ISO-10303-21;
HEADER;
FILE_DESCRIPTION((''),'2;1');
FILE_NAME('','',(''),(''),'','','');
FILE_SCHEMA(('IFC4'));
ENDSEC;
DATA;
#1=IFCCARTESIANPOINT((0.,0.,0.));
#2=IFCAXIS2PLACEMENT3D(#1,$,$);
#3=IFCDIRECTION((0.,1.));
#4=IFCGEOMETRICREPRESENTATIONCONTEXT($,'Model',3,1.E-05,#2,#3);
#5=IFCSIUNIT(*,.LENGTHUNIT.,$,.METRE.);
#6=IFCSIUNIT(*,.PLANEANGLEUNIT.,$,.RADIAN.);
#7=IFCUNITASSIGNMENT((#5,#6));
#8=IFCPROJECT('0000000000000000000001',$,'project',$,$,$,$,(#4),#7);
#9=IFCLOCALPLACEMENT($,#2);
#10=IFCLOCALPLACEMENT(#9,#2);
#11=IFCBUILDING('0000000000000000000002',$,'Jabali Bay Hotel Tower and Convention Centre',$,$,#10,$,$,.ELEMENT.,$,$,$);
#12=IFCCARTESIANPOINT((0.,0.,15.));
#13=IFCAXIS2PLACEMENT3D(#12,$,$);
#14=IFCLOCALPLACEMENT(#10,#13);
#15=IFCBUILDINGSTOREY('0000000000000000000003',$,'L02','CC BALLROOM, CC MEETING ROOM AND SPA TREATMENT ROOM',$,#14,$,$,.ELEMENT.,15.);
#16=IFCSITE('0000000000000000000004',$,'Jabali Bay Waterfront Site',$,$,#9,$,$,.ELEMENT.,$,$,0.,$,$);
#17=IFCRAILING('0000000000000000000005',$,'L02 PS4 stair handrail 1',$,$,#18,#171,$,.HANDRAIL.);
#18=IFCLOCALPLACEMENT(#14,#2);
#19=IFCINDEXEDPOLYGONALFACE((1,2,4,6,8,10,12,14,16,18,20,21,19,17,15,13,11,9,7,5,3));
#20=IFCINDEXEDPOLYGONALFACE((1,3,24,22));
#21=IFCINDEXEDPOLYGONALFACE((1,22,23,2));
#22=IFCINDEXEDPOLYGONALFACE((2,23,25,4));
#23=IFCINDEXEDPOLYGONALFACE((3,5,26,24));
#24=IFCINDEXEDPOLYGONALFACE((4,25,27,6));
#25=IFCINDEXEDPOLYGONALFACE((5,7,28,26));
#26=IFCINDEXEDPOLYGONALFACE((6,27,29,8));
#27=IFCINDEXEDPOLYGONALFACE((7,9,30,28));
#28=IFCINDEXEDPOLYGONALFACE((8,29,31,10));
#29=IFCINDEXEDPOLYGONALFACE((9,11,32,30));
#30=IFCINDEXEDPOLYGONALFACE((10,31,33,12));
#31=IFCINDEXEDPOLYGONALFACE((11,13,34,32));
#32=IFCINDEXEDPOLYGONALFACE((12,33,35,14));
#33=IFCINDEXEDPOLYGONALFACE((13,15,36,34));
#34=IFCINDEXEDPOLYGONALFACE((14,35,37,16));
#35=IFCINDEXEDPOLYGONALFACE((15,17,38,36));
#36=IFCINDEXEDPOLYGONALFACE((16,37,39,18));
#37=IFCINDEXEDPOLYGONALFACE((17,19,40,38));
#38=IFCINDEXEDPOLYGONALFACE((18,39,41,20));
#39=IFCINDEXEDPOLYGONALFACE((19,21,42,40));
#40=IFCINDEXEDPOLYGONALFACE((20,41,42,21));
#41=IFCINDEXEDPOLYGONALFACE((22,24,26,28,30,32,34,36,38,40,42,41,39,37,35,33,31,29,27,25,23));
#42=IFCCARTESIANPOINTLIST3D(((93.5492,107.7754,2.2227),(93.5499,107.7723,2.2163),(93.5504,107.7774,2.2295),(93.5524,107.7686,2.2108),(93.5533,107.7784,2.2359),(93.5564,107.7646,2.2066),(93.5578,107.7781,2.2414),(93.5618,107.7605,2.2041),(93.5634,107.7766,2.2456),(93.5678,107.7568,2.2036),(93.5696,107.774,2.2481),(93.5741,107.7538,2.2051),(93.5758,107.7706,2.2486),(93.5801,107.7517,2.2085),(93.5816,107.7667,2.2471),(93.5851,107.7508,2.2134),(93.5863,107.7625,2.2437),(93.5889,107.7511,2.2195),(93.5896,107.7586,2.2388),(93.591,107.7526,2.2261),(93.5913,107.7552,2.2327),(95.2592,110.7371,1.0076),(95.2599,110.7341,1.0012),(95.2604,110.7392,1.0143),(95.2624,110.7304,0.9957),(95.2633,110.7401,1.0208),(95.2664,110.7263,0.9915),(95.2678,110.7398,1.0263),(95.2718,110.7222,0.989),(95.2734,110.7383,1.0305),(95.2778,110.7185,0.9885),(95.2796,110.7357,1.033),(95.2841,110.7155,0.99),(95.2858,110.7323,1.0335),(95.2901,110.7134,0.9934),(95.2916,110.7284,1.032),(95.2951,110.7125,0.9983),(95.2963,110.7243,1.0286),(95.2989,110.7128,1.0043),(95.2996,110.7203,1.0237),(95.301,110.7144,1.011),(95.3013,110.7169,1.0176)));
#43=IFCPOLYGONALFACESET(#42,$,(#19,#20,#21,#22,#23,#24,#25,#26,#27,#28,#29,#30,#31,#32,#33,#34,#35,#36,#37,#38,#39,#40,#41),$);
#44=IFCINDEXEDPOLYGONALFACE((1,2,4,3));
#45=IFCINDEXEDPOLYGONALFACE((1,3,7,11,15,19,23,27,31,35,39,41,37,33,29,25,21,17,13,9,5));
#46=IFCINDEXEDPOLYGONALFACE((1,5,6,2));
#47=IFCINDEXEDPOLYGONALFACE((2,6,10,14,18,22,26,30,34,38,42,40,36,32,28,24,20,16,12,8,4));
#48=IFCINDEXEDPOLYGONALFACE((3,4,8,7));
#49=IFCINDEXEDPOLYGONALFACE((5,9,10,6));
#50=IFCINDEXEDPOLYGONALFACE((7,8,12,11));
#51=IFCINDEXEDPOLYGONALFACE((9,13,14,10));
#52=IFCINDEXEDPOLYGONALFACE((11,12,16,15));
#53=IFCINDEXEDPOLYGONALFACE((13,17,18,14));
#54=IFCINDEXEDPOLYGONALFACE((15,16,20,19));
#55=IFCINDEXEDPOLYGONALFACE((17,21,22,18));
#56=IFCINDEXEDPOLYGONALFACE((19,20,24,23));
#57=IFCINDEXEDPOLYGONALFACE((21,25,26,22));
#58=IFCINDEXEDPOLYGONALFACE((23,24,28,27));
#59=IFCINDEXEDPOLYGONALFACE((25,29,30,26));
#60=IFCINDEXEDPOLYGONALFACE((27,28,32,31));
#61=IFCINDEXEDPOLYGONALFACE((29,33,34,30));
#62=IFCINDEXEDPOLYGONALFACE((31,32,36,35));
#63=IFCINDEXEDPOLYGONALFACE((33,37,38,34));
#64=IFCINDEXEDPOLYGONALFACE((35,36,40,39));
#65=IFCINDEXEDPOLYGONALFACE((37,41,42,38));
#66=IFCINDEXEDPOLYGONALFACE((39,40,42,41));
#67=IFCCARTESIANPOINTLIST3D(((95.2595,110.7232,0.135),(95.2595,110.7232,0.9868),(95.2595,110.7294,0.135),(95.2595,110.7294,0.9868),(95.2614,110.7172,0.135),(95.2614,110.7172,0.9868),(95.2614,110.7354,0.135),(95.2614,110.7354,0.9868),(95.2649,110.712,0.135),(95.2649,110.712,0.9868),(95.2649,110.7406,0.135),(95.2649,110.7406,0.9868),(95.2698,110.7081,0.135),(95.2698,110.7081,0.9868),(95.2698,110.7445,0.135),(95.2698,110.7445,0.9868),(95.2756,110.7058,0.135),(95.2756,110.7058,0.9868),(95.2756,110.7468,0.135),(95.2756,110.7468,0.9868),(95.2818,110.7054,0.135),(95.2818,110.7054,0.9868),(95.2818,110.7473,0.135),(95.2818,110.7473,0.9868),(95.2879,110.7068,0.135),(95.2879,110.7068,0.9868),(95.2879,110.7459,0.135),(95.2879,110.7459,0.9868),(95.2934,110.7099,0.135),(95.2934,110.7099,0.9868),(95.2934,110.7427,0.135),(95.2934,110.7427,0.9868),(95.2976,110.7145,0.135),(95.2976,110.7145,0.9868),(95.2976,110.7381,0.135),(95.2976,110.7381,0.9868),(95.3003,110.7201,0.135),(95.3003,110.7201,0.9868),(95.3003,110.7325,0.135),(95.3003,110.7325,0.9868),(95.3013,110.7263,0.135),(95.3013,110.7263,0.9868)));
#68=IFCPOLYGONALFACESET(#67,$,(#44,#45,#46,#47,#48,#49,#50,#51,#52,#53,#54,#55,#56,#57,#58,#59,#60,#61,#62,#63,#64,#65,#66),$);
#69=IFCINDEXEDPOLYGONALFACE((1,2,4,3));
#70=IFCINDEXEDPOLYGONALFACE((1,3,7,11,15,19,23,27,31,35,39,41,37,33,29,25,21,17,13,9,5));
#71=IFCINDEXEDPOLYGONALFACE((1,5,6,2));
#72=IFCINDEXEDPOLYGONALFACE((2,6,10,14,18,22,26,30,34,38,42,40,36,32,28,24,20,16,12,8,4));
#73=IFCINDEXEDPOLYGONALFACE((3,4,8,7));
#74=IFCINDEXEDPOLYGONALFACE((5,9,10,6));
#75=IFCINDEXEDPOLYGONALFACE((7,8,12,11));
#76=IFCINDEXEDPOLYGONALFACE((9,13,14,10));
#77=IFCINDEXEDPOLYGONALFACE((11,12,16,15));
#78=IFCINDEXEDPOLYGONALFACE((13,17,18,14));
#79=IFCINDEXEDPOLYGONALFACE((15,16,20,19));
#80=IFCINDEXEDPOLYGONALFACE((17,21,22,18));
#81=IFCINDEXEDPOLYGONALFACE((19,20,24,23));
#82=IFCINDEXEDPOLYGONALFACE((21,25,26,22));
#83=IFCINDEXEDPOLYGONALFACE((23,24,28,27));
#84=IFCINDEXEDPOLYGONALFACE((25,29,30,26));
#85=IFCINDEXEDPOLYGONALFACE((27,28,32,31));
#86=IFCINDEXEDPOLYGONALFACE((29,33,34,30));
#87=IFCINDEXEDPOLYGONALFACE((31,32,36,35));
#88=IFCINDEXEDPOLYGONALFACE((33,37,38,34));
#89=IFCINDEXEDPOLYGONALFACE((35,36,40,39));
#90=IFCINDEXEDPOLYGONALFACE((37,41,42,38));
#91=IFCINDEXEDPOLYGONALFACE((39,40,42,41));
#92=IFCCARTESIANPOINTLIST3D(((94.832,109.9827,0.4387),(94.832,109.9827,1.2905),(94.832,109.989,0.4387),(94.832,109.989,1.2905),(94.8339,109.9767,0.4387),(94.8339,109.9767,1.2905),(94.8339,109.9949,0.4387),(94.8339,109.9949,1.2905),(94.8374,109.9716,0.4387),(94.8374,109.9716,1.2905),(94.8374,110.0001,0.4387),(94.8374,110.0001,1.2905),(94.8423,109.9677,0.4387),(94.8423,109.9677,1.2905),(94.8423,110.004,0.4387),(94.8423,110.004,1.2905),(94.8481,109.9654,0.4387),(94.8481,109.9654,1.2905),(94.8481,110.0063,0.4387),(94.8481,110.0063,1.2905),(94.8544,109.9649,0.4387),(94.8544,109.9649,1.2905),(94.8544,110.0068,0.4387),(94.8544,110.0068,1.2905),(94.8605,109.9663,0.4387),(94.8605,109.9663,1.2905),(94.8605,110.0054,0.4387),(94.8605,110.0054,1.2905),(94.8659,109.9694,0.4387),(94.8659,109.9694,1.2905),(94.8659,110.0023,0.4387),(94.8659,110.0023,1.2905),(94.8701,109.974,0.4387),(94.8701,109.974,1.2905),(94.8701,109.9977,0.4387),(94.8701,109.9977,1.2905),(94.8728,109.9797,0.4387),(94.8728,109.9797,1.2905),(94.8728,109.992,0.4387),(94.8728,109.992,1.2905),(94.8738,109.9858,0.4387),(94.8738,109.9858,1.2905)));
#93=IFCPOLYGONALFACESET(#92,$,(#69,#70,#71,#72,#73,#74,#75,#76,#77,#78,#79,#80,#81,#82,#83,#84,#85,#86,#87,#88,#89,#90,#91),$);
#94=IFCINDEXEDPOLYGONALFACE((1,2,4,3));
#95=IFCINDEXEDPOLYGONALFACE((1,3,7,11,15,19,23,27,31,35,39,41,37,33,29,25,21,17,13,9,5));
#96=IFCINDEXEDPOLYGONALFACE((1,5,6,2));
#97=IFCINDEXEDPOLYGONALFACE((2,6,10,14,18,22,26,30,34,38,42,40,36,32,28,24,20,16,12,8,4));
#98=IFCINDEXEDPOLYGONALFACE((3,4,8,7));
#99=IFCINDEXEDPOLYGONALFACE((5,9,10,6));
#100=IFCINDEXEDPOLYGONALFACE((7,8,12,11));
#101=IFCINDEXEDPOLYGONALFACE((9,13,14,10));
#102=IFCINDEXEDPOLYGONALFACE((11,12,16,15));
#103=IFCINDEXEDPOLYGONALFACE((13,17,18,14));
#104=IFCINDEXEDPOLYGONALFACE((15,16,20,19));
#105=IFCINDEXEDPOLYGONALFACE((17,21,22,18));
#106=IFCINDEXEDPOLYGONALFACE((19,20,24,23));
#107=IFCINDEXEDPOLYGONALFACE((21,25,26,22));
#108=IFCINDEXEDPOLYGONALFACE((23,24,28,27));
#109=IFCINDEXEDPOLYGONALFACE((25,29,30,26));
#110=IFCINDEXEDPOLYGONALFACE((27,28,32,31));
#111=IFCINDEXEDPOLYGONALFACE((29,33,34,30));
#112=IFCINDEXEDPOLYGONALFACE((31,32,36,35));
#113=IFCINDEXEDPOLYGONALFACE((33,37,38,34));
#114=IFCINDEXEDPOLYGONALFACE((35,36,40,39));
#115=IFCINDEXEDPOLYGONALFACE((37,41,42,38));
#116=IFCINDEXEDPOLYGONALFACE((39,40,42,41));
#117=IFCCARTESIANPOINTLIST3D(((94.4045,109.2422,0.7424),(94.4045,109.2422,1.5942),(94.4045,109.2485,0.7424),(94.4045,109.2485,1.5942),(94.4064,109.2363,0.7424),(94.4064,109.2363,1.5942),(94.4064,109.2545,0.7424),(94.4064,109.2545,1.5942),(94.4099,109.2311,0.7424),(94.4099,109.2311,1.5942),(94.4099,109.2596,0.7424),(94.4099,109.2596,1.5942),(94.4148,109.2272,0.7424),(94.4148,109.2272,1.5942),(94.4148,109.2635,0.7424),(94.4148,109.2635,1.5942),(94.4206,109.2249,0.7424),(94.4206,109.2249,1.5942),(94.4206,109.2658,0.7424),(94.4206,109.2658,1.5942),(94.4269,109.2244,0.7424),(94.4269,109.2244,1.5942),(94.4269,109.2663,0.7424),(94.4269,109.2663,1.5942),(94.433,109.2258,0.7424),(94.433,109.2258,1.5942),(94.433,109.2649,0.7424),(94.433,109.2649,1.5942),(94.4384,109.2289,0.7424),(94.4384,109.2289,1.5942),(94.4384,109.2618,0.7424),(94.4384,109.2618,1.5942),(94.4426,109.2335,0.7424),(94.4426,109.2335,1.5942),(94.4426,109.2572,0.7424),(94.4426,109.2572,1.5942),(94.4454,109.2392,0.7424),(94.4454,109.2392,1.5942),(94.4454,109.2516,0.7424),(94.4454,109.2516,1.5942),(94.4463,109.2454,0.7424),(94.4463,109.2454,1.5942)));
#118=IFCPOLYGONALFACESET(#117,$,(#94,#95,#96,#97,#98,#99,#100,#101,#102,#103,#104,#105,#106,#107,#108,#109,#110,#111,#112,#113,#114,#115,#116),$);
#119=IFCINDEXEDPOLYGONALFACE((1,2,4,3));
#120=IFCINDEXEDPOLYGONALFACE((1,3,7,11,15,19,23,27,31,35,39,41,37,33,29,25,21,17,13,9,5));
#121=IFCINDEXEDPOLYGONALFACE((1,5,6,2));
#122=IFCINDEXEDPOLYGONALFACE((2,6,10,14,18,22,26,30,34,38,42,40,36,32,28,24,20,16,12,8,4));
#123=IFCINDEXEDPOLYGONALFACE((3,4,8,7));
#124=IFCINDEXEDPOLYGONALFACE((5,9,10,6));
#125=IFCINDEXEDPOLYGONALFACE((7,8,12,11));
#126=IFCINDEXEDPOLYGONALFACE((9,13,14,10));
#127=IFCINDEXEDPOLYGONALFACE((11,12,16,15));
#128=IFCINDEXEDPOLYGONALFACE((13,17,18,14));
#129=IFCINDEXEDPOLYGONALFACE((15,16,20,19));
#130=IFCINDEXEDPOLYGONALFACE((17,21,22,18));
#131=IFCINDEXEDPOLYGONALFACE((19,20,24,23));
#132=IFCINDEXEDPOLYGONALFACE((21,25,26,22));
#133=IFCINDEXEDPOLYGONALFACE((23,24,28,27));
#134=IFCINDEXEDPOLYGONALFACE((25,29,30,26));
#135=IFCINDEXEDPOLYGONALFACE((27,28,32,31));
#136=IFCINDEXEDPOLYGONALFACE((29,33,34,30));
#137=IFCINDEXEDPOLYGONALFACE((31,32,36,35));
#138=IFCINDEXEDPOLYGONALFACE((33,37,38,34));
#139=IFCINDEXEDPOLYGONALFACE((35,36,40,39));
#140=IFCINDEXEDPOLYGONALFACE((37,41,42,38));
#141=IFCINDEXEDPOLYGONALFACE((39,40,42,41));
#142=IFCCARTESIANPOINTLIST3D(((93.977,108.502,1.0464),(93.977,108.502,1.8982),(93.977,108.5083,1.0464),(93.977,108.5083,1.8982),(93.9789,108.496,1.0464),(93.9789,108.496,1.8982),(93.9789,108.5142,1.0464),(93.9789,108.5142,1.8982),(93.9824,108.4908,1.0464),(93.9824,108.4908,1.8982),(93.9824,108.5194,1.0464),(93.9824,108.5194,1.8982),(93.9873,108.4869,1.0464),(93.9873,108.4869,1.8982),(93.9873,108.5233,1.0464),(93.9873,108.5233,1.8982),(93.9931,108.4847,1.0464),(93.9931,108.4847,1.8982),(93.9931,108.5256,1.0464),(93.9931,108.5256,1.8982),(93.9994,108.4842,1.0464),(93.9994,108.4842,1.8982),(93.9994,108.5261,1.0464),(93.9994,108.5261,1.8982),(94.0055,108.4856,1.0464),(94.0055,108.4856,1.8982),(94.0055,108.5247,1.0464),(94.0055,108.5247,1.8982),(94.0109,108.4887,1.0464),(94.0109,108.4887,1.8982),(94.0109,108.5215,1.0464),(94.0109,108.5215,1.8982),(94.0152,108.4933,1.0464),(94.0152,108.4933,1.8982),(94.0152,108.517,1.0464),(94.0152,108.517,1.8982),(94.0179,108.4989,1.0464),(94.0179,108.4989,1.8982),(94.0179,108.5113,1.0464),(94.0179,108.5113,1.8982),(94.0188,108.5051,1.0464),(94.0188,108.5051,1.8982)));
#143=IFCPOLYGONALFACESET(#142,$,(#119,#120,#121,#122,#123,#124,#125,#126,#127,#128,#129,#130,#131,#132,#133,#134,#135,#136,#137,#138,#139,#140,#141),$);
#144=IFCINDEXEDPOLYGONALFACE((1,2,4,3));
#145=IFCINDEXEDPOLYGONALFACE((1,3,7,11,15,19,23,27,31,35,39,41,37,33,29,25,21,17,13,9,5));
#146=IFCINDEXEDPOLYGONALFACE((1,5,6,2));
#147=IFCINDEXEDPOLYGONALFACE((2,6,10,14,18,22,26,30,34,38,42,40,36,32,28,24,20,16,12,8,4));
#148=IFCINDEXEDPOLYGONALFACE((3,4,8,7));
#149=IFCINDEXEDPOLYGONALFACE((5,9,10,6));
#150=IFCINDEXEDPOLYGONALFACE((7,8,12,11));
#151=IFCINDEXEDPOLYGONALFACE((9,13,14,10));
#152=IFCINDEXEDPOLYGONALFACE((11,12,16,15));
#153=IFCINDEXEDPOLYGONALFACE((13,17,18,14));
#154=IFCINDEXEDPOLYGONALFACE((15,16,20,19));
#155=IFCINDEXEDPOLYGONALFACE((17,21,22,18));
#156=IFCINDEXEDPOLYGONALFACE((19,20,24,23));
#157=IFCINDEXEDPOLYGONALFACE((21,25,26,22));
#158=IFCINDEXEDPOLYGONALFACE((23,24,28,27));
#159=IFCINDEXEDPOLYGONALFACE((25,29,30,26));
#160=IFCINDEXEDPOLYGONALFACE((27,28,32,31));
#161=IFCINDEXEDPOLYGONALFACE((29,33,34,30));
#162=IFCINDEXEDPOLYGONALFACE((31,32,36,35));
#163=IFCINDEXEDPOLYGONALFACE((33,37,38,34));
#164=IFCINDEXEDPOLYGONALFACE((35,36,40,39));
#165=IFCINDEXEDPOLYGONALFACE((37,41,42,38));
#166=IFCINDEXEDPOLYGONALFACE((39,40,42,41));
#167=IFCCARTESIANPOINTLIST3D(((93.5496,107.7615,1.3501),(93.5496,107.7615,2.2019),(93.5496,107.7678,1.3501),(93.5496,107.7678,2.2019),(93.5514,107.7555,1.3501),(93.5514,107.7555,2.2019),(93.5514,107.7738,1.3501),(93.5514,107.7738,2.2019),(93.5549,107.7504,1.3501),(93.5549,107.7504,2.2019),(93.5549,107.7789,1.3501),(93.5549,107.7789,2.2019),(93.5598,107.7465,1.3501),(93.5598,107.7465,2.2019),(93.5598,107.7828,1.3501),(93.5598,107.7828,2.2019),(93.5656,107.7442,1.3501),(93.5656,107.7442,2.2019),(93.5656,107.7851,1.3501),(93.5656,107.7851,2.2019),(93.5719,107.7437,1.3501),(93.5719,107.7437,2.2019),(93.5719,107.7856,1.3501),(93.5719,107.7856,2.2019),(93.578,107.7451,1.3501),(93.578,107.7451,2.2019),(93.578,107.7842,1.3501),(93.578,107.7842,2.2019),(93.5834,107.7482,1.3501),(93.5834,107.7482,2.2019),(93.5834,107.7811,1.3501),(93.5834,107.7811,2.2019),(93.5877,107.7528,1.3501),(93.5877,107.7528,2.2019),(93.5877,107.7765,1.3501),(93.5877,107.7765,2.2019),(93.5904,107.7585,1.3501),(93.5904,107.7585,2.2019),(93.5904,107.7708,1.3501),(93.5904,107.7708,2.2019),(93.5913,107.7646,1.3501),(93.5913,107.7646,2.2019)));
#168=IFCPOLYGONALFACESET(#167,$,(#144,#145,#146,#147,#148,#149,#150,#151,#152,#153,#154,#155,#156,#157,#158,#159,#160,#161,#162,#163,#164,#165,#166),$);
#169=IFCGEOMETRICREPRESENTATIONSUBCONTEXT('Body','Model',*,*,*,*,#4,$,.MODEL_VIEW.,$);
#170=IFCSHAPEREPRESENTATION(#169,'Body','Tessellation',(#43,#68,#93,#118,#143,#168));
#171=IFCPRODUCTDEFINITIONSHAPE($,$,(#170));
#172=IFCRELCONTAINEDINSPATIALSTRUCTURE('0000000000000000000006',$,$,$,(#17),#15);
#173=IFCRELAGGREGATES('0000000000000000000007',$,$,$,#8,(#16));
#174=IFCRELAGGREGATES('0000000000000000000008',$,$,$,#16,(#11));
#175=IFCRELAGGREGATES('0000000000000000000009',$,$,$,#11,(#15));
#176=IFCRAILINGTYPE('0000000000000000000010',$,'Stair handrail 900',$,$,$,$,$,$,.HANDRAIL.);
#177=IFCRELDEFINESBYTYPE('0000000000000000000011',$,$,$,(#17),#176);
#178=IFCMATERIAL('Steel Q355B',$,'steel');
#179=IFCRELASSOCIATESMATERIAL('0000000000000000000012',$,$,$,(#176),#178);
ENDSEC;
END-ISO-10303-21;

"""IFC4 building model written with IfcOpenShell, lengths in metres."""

from ifc_helpers import new_model, si_unit, direction, frame, origin, origin_2d, place, context, subcontext, project, spatial, circle, extrude, material, type_object, element, save


model = new_model("IFC4")

# Units and contexts
model_context = context("Model", 3, precision=1e-05, world=origin(), true_north=direction((0.0, 1.0)))
body_context = subcontext(model_context, "Body", "Model", "MODEL_VIEW")
ifc_project = project(units=[si_unit("LENGTHUNIT", "METRE"), si_unit("PLANEANGLEUNIT", "RADIAN")], contexts=[model_context])

# Site, building, storey
site_placement = place(None, origin())
site = spatial("IfcSite", under=ifc_project, at=site_placement, Name="Jabali Bay Waterfront Site", CompositionType="ELEMENT", RefElevation=0.0)
building_placement = place(site_placement, origin())
building = spatial("IfcBuilding", under=site, at=building_placement, Name="Jabali Bay Hotel Tower and Convention Centre", CompositionType="ELEMENT")
storey_placement = place(building_placement, frame((0.0, 0.0, 15.0)))
storey = spatial("IfcBuildingStorey", under=building, at=storey_placement, Name="L02", Description="CC BALLROOM, CC MEETING ROOM AND SPA TREATMENT ROOM", CompositionType="ELEMENT", Elevation=15.0)

# Railing
ifc_material_1 = material(Name="Steel Q355B", Category="steel")
railing_type_1 = type_object("IfcRailingType", Name="Stair handrail 900", PredefinedType="HANDRAIL", material=ifc_material_1)
for number, where, name in (
    (1, (95.2803, 110.7263, 0.135), "L02 PS4 stair handrail 1"),
):
    element("IfcRailing", number, at=place(storey_placement, frame(where)), inside=storey, type_object=railing_type_1, Name=name, PredefinedType="HANDRAIL", context=body_context, shape_type="SweptSolid", body=[
        extrude(circle(Radius=0.0239, at=origin_2d()), frame((0.0, 0.0, 0.876), z_axis=(-0.471153, -0.816042, 0.334799), x_axis=(0.86602, -0.500009, 0.0)), (0.0, 0.0, 1.0), 3.6294),
        extrude(circle(Radius=0.021, at=origin_2d()), origin(), (0.0, 0.0, 1.0), 0.8518),
        extrude(circle(Radius=0.021, at=origin_2d()), frame((-0.4275, -0.7405, 0.3037)), (0.0, 0.0, 1.0), 0.8518),
        extrude(circle(Radius=0.021, at=origin_2d()), frame((-0.855, -1.481, 0.6074)), (0.0, 0.0, 1.0), 0.8518),
        extrude(circle(Radius=0.021, at=origin_2d()), frame((-1.2825, -2.2212, 0.9114)), (0.0, 0.0, 1.0), 0.8518),
        extrude(circle(Radius=0.021, at=origin_2d()), frame((-1.71, -2.9617, 1.2151)), (0.0, 0.0, 1.0), 0.8518),
    ])

save(model, "model.ifc")
